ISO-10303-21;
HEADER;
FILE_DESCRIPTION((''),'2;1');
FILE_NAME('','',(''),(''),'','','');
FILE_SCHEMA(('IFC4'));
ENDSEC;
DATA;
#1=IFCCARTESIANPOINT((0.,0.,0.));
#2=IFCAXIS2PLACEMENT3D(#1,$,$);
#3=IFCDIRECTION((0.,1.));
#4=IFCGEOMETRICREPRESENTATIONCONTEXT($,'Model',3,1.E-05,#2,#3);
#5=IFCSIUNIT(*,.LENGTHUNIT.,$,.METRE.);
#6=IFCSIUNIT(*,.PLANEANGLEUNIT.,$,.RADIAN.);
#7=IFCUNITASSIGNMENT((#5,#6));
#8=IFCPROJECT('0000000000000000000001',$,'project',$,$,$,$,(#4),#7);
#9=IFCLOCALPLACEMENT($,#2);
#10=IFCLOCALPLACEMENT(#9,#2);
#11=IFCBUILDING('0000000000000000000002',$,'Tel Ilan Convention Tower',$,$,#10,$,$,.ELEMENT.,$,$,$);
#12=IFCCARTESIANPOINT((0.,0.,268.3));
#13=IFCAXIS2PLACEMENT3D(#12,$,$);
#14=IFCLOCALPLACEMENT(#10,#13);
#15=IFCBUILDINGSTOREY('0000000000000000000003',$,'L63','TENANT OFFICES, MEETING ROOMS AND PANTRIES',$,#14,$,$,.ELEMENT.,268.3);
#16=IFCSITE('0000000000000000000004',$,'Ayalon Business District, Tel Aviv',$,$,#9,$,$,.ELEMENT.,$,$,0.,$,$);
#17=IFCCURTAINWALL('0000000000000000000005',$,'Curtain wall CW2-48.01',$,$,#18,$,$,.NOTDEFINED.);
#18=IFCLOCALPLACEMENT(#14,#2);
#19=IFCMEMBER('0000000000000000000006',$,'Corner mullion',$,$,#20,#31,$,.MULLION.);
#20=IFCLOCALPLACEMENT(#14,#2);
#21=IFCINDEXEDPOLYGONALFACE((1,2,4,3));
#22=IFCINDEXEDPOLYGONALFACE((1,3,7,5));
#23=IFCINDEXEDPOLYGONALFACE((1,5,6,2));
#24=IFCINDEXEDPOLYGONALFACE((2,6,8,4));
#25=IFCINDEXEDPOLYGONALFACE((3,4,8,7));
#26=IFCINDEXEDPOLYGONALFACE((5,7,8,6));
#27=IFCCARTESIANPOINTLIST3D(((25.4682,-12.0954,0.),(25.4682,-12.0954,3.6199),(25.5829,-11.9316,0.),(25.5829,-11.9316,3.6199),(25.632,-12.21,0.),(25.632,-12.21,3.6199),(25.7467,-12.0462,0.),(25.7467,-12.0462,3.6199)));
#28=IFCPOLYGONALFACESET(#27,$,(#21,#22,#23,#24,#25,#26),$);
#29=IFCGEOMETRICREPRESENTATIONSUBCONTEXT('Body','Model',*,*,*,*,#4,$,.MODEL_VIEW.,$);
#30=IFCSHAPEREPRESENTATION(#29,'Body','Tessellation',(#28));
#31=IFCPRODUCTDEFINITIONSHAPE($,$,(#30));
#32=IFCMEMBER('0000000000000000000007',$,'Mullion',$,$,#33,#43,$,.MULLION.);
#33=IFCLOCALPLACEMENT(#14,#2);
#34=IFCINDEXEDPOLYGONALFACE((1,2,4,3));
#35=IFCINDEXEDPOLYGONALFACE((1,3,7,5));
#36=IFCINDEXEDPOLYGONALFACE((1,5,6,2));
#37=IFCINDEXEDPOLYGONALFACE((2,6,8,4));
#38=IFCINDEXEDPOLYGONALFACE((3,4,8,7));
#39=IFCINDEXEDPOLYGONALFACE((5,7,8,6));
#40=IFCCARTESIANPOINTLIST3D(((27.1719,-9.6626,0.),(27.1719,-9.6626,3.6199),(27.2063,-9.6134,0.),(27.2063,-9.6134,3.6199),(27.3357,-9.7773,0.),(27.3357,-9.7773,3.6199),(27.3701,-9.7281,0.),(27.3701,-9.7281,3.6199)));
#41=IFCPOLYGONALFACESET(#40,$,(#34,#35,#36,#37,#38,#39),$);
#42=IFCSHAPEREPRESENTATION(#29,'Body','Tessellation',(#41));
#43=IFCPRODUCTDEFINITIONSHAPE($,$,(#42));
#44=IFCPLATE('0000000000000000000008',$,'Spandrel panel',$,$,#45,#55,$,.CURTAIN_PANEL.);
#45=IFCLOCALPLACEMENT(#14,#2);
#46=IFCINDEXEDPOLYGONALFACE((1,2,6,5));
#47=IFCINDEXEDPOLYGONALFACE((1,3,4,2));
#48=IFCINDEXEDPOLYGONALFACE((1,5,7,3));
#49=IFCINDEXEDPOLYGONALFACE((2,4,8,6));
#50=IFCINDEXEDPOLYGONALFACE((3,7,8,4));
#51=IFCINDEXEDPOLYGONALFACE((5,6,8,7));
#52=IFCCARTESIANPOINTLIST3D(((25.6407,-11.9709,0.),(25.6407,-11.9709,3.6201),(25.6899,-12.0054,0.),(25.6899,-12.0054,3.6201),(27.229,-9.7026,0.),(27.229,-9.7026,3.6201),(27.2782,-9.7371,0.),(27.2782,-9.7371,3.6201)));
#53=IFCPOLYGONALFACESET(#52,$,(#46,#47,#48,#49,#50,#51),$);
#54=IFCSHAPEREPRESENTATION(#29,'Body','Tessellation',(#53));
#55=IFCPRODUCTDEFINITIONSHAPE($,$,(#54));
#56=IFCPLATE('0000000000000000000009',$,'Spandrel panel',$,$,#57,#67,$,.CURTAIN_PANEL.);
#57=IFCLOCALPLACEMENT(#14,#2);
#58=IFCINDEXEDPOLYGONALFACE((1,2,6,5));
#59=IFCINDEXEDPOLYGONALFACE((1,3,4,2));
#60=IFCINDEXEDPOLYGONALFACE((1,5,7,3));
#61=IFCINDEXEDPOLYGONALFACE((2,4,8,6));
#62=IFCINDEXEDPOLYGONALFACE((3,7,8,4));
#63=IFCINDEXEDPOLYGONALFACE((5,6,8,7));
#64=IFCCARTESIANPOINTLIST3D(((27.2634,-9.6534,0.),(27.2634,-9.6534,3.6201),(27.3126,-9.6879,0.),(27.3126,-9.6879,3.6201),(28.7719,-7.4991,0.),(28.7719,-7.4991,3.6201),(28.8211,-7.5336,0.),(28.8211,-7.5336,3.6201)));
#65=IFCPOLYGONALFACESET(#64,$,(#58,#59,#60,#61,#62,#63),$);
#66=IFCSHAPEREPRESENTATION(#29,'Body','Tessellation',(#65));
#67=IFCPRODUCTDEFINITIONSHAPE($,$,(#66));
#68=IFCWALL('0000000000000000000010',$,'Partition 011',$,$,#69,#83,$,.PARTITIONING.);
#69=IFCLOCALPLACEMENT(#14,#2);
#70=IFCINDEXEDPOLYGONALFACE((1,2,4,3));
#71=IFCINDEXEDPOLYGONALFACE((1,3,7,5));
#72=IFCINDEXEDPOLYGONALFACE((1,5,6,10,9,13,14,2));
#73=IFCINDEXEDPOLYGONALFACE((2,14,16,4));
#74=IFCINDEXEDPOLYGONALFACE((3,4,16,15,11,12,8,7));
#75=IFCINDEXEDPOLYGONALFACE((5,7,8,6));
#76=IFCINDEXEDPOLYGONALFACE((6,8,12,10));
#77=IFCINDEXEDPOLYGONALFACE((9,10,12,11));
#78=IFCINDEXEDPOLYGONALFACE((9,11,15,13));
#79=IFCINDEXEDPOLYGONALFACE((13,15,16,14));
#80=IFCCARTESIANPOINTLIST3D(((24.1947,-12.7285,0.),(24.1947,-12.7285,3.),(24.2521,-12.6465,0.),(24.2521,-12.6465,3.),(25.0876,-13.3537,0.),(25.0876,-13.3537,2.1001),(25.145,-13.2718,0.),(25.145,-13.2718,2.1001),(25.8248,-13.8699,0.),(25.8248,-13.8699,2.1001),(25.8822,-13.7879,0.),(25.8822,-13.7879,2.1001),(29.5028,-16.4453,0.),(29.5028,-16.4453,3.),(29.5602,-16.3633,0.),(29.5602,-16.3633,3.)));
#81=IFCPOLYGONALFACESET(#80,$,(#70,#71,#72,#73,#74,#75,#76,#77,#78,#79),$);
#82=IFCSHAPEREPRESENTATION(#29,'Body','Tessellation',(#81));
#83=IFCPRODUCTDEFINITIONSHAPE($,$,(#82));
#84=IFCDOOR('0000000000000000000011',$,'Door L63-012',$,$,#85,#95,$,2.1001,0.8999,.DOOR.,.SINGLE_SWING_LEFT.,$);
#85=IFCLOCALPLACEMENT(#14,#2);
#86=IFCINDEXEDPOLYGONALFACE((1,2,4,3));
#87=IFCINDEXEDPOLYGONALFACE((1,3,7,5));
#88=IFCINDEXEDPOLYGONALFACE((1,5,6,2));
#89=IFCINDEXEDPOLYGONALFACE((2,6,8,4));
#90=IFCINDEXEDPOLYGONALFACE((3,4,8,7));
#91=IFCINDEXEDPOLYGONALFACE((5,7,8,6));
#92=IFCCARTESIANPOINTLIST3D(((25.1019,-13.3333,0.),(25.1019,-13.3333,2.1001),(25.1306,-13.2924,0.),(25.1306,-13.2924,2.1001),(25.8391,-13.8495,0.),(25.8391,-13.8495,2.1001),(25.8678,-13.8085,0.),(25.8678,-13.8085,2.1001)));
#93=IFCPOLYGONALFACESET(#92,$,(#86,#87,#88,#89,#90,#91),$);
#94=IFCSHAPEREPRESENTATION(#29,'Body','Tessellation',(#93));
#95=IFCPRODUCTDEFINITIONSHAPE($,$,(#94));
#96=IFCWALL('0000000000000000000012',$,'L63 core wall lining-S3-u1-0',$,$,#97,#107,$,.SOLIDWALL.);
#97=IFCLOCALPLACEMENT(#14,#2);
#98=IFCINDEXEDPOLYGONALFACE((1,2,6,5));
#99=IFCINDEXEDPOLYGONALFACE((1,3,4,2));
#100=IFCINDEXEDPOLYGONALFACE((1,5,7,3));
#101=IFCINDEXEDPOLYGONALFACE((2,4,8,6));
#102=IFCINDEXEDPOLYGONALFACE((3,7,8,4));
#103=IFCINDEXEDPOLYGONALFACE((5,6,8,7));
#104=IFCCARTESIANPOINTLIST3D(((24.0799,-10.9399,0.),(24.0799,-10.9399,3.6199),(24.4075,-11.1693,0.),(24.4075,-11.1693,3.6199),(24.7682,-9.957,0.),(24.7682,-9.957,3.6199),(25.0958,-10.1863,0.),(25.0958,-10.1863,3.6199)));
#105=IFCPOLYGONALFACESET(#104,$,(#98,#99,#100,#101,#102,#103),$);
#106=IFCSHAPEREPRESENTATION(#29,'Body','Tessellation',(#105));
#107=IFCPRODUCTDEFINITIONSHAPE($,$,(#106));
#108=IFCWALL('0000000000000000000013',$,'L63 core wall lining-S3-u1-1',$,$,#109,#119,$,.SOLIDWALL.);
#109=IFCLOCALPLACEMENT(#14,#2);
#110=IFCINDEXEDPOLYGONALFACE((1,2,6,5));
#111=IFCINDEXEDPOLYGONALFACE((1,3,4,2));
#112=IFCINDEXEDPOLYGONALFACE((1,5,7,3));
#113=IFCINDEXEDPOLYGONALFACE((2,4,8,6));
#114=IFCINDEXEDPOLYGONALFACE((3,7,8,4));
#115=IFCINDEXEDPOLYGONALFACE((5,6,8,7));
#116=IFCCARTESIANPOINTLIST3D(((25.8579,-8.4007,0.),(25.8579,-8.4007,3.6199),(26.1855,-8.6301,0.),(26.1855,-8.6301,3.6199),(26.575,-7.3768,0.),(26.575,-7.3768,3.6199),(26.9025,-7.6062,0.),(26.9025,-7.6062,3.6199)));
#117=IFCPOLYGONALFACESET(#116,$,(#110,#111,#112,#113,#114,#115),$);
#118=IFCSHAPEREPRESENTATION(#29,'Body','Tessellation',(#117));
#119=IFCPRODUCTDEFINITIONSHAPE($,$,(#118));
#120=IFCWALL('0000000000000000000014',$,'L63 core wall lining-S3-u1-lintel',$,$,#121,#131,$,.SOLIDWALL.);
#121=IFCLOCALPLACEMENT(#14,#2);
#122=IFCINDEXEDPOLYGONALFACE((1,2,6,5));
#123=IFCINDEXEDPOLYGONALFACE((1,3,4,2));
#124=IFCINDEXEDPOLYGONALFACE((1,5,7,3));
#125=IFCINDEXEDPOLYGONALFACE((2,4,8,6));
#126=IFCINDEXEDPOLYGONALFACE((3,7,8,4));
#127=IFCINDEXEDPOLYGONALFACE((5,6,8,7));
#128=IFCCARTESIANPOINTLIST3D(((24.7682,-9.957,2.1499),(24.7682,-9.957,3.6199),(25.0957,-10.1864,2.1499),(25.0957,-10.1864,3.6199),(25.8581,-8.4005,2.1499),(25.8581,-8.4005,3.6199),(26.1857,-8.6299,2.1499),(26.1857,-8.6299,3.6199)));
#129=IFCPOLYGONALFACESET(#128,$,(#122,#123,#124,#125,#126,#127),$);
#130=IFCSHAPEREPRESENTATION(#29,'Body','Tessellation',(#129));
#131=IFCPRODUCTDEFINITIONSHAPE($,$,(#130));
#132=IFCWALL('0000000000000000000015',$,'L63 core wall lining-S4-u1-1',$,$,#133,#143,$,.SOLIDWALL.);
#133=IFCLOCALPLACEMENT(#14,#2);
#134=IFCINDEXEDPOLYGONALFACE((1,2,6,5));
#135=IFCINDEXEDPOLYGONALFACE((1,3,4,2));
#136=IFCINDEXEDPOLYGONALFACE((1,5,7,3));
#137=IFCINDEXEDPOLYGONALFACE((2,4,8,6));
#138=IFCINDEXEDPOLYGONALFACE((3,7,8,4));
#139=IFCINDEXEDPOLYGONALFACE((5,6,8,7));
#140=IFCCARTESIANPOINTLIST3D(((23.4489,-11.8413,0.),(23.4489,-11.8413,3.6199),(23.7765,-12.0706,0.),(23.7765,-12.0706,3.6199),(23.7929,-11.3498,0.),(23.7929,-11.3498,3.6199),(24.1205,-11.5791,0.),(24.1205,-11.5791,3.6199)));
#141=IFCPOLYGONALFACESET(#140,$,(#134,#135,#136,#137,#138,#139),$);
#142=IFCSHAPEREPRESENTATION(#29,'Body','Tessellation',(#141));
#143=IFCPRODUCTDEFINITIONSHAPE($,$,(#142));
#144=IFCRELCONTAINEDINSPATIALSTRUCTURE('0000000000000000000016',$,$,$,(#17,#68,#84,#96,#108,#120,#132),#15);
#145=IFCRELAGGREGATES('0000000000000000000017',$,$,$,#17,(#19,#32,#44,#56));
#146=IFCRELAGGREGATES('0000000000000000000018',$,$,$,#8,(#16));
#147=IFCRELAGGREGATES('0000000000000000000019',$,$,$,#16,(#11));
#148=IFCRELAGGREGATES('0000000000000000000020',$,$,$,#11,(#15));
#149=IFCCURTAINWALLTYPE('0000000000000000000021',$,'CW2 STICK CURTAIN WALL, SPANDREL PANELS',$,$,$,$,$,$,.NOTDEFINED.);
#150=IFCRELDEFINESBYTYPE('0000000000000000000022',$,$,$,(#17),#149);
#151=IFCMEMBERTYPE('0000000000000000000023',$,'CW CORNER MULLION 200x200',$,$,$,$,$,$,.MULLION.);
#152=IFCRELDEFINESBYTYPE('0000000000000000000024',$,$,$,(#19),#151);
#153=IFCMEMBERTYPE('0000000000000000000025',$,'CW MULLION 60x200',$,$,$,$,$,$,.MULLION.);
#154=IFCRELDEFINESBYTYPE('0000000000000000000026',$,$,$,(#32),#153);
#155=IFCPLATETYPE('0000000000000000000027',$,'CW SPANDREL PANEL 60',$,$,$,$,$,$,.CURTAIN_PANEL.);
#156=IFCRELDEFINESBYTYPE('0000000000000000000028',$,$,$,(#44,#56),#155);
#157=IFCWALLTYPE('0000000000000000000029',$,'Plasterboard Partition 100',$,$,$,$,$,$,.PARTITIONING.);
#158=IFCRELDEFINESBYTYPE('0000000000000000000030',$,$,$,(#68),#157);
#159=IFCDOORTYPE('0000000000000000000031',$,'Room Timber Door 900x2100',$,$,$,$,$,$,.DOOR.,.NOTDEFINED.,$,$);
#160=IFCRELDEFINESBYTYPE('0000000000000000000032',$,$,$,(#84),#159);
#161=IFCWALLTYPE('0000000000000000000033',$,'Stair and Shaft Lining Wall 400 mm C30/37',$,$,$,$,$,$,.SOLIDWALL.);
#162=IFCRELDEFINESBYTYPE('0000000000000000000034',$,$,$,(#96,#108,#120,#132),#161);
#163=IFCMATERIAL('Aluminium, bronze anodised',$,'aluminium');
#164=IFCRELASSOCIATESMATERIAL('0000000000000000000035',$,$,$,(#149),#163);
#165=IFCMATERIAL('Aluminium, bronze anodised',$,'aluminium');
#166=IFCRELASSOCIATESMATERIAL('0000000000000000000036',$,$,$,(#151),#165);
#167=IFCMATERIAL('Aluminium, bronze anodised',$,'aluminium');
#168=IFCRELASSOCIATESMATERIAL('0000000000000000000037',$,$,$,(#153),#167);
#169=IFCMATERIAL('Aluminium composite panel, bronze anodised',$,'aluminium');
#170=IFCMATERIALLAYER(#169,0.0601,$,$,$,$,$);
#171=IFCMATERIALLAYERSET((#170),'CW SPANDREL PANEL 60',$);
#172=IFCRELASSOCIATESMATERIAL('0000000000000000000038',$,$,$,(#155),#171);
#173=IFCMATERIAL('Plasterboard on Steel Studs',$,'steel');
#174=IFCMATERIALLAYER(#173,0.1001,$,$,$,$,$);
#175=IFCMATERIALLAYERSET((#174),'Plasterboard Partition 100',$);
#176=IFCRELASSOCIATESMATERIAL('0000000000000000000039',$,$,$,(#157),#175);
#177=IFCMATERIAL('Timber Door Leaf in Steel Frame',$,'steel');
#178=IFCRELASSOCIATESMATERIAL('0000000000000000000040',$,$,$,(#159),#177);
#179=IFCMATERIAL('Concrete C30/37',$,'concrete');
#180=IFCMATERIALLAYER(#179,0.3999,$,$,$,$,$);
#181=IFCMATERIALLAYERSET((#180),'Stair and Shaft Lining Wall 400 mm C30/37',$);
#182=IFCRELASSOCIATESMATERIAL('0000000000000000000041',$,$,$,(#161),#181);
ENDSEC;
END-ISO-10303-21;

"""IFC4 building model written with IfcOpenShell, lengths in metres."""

from ifc_helpers import new_model, si_unit, direction, frame, frame_2d, origin, origin_2d, place, context, subcontext, project, spatial, rectangle, extrude, material, layer, layer_set, material_profile, profile_set, type_object, element, fill, aggregate, save


model = new_model("IFC4")

# Units and contexts
model_context = context("Model", 3, precision=1e-05, world=origin(), true_north=direction((0.0, 1.0)))
body_context = subcontext(model_context, "Body", "Model", "MODEL_VIEW")
ifc_project = project(units=[si_unit("LENGTHUNIT", "METRE"), si_unit("PLANEANGLEUNIT", "RADIAN")], contexts=[model_context])

# Site, building, storey
site_placement = place(None, origin())
site = spatial("IfcSite", under=ifc_project, at=site_placement, Name="Ayalon Business District, Tel Aviv", CompositionType="ELEMENT", RefElevation=0.0)
building_placement = place(site_placement, origin())
building = spatial("IfcBuilding", under=site, at=building_placement, Name="Tel Ilan Convention Tower", CompositionType="ELEMENT")
storey_placement = place(building_placement, frame((0.0, 0.0, 268.3)))
storey = spatial("IfcBuildingStorey", under=building, at=storey_placement, Name="L63", Description="TENANT OFFICES, MEETING ROOMS AND PANTRIES", CompositionType="ELEMENT", Elevation=268.3)

# Curtain wall, members, plates
ifc_material_1 = material(Name="Aluminium, bronze anodised", Category="aluminium")
curtain_wall_type = type_object("IfcCurtainWallType", Name="CW2 STICK CURTAIN WALL, SPANDREL PANELS", PredefinedType="NOTDEFINED", material=ifc_material_1)
curtain_wall_placement = place(storey_placement, origin())
curtain_wall = element("IfcCurtainWall", 1, at=curtain_wall_placement, inside=storey, type_object=curtain_wall_type, Name="Curtain wall CW2-48.01", PredefinedType="NOTDEFINED")
ifc_material_2 = material(Name="Aluminium, bronze anodised", Category="aluminium")
ifc_material_profile_1 = material_profile(ifc_material_2, rectangle(XDim=0.2, YDim=0.2, at=origin_2d()), Name="CW CORNER MULLION 200x200")
ifc_profile_set_1 = profile_set([ifc_material_profile_1], Name="Aluminium, bronze anodised")
member_type_1 = type_object("IfcMemberType", Name="CW CORNER MULLION 200x200", PredefinedType="MULLION", material=ifc_profile_set_1)
member_1_placement = place(storey_placement, frame((25.6074, -12.0708, 0.0), z_axis=(0.0, 0.0, 1.0), x_axis=(-0.819152, 0.573576, 0.0)))
member_1 = element("IfcMember", 2, at=member_1_placement, type_object=member_type_1, Name="Corner mullion", PredefinedType="MULLION", context=body_context, shape_type="SweptSolid", body=[
    extrude(rectangle(XDim=0.2, YDim=0.2, at=origin_2d()), origin(), (0.0, 0.0, 1.0), 3.6199),
])
ifc_material_3 = material(Name="Aluminium, bronze anodised", Category="aluminium")
ifc_material_profile_2 = material_profile(ifc_material_3, rectangle(XDim=0.0601, YDim=0.2, at=origin_2d()), Name="CW MULLION 60x200")
ifc_profile_set_2 = profile_set([ifc_material_profile_2], Name="Aluminium, bronze anodised")
member_type_2 = type_object("IfcMemberType", Name="CW MULLION 60x200", PredefinedType="MULLION", material=ifc_profile_set_2)
member_2_placement = place(storey_placement, frame((27.271, -9.6953, 0.0), z_axis=(0.0, 0.0, 1.0), x_axis=(0.573576, 0.819152, 0.0)))
member_2 = element("IfcMember", 3, at=member_2_placement, type_object=member_type_2, Name="Mullion", PredefinedType="MULLION", context=body_context, shape_type="SweptSolid", body=[
    extrude(rectangle(XDim=0.0601, YDim=0.2, at=origin_2d()), origin(), (0.0, 0.0, 1.0), 3.6199),
])
ifc_material_4 = material(Name="Aluminium composite panel, bronze anodised", Category="aluminium")
ifc_layer_1 = layer(ifc_material_4, 0.0601)
ifc_layer_set_1 = layer_set([ifc_layer_1], Name="CW SPANDREL PANEL 60")
plate_type = type_object("IfcPlateType", Name="CW SPANDREL PANEL 60", PredefinedType="CURTAIN_PANEL", material=ifc_layer_set_1)
plate_1_placement = place(storey_placement, frame((26.4595, -10.854, 0.0), z_axis=(0.0, 0.0, 1.0), x_axis=(0.573576, 0.819152, 0.0)))
plate_1 = element("IfcPlate", 4, at=plate_1_placement, type_object=plate_type, Name="Spandrel panel", PredefinedType="CURTAIN_PANEL", context=body_context, shape_type="SweptSolid", body=[
    extrude(rectangle(XDim=2.769, YDim=0.0601, at=origin_2d()), origin(), (0.0, 0.0, 1.0), 3.6201),
])
plate_2_placement = place(storey_placement, frame((28.0422, -8.5935, 0.0), z_axis=(0.0, 0.0, 1.0), x_axis=(0.573576, 0.819152, 0.0)))
plate_2 = element("IfcPlate", 5, at=plate_2_placement, type_object=plate_type, Name="Spandrel panel", PredefinedType="CURTAIN_PANEL", context=body_context, shape_type="SweptSolid", body=[
    extrude(rectangle(XDim=2.6299, YDim=0.0601, at=origin_2d()), origin(), (0.0, 0.0, 1.0), 3.6201),
])
aggregate(curtain_wall, [member_1, member_2, plate_1, plate_2])

# Wall, opening, door
ifc_material_5 = material(Name="Plasterboard on Steel Studs", Category="steel")
ifc_layer_2 = layer(ifc_material_5, 0.1001)
ifc_layer_set_2 = layer_set([ifc_layer_2], Name="Plasterboard Partition 100")
wall_type_1 = type_object("IfcWallType", Name="Plasterboard Partition 100", PredefinedType="PARTITIONING", material=ifc_layer_set_2)
wall_1_placement = place(storey_placement, frame((24.2234, -12.6875, 0.0), z_axis=(0.0, 0.0, 1.0), x_axis=(0.81915, -0.573579, 0.0)))
wall_1 = element("IfcWall", 6, at=wall_1_placement, inside=storey, type_object=wall_type_1, Name="Partition 011", PredefinedType="PARTITIONING", context=body_context, shape_type="SweptSolid", body=[
    extrude(rectangle(XDim=6.48, YDim=0.1001, at=frame_2d((3.24, 0.0))), origin(), (0.0, 0.0, 1.0), 3.0),
])
opening_placement = place(wall_1_placement, frame((1.0901, 0.0, 0.0)))
opening = element("IfcOpeningElement", 7, at=opening_placement, cuts=wall_1, PredefinedType="OPENING", context=body_context, shape_type="SweptSolid", body=[
    extrude(rectangle(XDim=0.8999, YDim=2.1001, at=frame_2d((0.45, 1.05))), frame((0.0, 0.0601, 0.0), z_axis=(0.0, -1.0, 0.0), x_axis=(1.0, 0.0, 0.0)), (0.0, 0.0, 1.0), 0.1201),
])
ifc_material_6 = material(Name="Timber Door Leaf in Steel Frame", Category="steel")
door_type = type_object("IfcDoorType", Name="Room Timber Door 900x2100", OperationType="NOTDEFINED", PredefinedType="DOOR", material=ifc_material_6)
door_placement = place(opening_placement, origin())
door = element("IfcDoor", 8, at=door_placement, inside=storey, type_object=door_type, Name="Door L63-012", OperationType="SINGLE_SWING_LEFT", OverallHeight=2.1001, OverallWidth=0.8999, PredefinedType="DOOR", context=body_context, shape_type="SweptSolid", body=[
    extrude(rectangle(XDim=0.8999, YDim=2.1001, at=frame_2d((0.45, 1.05))), frame((0.0, 0.0249, 0.0), z_axis=(0.0, -1.0, 0.0), x_axis=(1.0, 0.0, 0.0)), (0.0, 0.0, 1.0), 0.05),
])
fill(opening, door)

# Walls
ifc_material_7 = material(Name="Concrete C30/37", Category="concrete")
ifc_layer_3 = layer(ifc_material_7, 0.3999)
ifc_layer_set_3 = layer_set([ifc_layer_3], Name="Stair and Shaft Lining Wall 400 mm C30/37")
wall_type_2 = type_object("IfcWallType", Name="Stair and Shaft Lining Wall 400 mm C30/37", PredefinedType="SOLIDWALL", material=ifc_layer_set_3)
wall_2_placement = place(storey_placement, frame((24.2437, -11.0547, 0.0), z_axis=(0.0, 0.0, 1.0), x_axis=(0.573572, 0.819155, 0.0)))
element("IfcWall", 9, at=wall_2_placement, inside=storey, type_object=wall_type_2, Name="L63 core wall lining-S3-u1-0", PredefinedType="SOLIDWALL", context=body_context, shape_type="SweptSolid", body=[
    extrude(rectangle(XDim=1.2, YDim=0.3999, at=frame_2d((0.6001, 0.0))), origin(), (0.0, 0.0, 1.0), 3.6199),
])
wall_3_placement = place(storey_placement, frame((26.0217, -8.5154, 0.0), z_axis=(0.0, 0.0, 1.0), x_axis=(0.57362, 0.819122, 0.0)))
element("IfcWall", 10, at=wall_3_placement, inside=storey, type_object=wall_type_2, Name="L63 core wall lining-S3-u1-1", PredefinedType="SOLIDWALL", context=body_context, shape_type="SweptSolid", body=[
    extrude(rectangle(XDim=1.25, YDim=0.3999, at=frame_2d((0.625, 0.0))), origin(), (0.0, 0.0, 1.0), 3.6199),
])
wall_4_placement = place(storey_placement, frame((24.9319, -10.0718, 2.1499), z_axis=(0.0, 0.0, 1.0), x_axis=(0.573592, 0.819141, 0.0)))
element("IfcWall", 11, at=wall_4_placement, inside=storey, type_object=wall_type_2, Name="L63 core wall lining-S3-u1-lintel", PredefinedType="SOLIDWALL", context=body_context, shape_type="SweptSolid", body=[
    extrude(rectangle(XDim=1.9001, YDim=0.3999, at=frame_2d((0.9502, 0.0))), origin(), (0.0, 0.0, 1.0), 1.47),
])
wall_5_placement = place(storey_placement, frame((23.6128, -11.9558, 0.0), z_axis=(0.0, 0.0, 1.0), x_axis=(0.573435, 0.819251, 0.0)))
element("IfcWall", 12, at=wall_5_placement, inside=storey, type_object=wall_type_2, Name="L63 core wall lining-S4-u1-1", PredefinedType="SOLIDWALL", context=body_context, shape_type="SweptSolid", body=[
    extrude(rectangle(XDim=0.5999, YDim=0.3999, at=frame_2d((0.2998, 0.0))), origin(), (0.0, 0.0, 1.0), 3.6199),
])

save(model, "model.ifc")
